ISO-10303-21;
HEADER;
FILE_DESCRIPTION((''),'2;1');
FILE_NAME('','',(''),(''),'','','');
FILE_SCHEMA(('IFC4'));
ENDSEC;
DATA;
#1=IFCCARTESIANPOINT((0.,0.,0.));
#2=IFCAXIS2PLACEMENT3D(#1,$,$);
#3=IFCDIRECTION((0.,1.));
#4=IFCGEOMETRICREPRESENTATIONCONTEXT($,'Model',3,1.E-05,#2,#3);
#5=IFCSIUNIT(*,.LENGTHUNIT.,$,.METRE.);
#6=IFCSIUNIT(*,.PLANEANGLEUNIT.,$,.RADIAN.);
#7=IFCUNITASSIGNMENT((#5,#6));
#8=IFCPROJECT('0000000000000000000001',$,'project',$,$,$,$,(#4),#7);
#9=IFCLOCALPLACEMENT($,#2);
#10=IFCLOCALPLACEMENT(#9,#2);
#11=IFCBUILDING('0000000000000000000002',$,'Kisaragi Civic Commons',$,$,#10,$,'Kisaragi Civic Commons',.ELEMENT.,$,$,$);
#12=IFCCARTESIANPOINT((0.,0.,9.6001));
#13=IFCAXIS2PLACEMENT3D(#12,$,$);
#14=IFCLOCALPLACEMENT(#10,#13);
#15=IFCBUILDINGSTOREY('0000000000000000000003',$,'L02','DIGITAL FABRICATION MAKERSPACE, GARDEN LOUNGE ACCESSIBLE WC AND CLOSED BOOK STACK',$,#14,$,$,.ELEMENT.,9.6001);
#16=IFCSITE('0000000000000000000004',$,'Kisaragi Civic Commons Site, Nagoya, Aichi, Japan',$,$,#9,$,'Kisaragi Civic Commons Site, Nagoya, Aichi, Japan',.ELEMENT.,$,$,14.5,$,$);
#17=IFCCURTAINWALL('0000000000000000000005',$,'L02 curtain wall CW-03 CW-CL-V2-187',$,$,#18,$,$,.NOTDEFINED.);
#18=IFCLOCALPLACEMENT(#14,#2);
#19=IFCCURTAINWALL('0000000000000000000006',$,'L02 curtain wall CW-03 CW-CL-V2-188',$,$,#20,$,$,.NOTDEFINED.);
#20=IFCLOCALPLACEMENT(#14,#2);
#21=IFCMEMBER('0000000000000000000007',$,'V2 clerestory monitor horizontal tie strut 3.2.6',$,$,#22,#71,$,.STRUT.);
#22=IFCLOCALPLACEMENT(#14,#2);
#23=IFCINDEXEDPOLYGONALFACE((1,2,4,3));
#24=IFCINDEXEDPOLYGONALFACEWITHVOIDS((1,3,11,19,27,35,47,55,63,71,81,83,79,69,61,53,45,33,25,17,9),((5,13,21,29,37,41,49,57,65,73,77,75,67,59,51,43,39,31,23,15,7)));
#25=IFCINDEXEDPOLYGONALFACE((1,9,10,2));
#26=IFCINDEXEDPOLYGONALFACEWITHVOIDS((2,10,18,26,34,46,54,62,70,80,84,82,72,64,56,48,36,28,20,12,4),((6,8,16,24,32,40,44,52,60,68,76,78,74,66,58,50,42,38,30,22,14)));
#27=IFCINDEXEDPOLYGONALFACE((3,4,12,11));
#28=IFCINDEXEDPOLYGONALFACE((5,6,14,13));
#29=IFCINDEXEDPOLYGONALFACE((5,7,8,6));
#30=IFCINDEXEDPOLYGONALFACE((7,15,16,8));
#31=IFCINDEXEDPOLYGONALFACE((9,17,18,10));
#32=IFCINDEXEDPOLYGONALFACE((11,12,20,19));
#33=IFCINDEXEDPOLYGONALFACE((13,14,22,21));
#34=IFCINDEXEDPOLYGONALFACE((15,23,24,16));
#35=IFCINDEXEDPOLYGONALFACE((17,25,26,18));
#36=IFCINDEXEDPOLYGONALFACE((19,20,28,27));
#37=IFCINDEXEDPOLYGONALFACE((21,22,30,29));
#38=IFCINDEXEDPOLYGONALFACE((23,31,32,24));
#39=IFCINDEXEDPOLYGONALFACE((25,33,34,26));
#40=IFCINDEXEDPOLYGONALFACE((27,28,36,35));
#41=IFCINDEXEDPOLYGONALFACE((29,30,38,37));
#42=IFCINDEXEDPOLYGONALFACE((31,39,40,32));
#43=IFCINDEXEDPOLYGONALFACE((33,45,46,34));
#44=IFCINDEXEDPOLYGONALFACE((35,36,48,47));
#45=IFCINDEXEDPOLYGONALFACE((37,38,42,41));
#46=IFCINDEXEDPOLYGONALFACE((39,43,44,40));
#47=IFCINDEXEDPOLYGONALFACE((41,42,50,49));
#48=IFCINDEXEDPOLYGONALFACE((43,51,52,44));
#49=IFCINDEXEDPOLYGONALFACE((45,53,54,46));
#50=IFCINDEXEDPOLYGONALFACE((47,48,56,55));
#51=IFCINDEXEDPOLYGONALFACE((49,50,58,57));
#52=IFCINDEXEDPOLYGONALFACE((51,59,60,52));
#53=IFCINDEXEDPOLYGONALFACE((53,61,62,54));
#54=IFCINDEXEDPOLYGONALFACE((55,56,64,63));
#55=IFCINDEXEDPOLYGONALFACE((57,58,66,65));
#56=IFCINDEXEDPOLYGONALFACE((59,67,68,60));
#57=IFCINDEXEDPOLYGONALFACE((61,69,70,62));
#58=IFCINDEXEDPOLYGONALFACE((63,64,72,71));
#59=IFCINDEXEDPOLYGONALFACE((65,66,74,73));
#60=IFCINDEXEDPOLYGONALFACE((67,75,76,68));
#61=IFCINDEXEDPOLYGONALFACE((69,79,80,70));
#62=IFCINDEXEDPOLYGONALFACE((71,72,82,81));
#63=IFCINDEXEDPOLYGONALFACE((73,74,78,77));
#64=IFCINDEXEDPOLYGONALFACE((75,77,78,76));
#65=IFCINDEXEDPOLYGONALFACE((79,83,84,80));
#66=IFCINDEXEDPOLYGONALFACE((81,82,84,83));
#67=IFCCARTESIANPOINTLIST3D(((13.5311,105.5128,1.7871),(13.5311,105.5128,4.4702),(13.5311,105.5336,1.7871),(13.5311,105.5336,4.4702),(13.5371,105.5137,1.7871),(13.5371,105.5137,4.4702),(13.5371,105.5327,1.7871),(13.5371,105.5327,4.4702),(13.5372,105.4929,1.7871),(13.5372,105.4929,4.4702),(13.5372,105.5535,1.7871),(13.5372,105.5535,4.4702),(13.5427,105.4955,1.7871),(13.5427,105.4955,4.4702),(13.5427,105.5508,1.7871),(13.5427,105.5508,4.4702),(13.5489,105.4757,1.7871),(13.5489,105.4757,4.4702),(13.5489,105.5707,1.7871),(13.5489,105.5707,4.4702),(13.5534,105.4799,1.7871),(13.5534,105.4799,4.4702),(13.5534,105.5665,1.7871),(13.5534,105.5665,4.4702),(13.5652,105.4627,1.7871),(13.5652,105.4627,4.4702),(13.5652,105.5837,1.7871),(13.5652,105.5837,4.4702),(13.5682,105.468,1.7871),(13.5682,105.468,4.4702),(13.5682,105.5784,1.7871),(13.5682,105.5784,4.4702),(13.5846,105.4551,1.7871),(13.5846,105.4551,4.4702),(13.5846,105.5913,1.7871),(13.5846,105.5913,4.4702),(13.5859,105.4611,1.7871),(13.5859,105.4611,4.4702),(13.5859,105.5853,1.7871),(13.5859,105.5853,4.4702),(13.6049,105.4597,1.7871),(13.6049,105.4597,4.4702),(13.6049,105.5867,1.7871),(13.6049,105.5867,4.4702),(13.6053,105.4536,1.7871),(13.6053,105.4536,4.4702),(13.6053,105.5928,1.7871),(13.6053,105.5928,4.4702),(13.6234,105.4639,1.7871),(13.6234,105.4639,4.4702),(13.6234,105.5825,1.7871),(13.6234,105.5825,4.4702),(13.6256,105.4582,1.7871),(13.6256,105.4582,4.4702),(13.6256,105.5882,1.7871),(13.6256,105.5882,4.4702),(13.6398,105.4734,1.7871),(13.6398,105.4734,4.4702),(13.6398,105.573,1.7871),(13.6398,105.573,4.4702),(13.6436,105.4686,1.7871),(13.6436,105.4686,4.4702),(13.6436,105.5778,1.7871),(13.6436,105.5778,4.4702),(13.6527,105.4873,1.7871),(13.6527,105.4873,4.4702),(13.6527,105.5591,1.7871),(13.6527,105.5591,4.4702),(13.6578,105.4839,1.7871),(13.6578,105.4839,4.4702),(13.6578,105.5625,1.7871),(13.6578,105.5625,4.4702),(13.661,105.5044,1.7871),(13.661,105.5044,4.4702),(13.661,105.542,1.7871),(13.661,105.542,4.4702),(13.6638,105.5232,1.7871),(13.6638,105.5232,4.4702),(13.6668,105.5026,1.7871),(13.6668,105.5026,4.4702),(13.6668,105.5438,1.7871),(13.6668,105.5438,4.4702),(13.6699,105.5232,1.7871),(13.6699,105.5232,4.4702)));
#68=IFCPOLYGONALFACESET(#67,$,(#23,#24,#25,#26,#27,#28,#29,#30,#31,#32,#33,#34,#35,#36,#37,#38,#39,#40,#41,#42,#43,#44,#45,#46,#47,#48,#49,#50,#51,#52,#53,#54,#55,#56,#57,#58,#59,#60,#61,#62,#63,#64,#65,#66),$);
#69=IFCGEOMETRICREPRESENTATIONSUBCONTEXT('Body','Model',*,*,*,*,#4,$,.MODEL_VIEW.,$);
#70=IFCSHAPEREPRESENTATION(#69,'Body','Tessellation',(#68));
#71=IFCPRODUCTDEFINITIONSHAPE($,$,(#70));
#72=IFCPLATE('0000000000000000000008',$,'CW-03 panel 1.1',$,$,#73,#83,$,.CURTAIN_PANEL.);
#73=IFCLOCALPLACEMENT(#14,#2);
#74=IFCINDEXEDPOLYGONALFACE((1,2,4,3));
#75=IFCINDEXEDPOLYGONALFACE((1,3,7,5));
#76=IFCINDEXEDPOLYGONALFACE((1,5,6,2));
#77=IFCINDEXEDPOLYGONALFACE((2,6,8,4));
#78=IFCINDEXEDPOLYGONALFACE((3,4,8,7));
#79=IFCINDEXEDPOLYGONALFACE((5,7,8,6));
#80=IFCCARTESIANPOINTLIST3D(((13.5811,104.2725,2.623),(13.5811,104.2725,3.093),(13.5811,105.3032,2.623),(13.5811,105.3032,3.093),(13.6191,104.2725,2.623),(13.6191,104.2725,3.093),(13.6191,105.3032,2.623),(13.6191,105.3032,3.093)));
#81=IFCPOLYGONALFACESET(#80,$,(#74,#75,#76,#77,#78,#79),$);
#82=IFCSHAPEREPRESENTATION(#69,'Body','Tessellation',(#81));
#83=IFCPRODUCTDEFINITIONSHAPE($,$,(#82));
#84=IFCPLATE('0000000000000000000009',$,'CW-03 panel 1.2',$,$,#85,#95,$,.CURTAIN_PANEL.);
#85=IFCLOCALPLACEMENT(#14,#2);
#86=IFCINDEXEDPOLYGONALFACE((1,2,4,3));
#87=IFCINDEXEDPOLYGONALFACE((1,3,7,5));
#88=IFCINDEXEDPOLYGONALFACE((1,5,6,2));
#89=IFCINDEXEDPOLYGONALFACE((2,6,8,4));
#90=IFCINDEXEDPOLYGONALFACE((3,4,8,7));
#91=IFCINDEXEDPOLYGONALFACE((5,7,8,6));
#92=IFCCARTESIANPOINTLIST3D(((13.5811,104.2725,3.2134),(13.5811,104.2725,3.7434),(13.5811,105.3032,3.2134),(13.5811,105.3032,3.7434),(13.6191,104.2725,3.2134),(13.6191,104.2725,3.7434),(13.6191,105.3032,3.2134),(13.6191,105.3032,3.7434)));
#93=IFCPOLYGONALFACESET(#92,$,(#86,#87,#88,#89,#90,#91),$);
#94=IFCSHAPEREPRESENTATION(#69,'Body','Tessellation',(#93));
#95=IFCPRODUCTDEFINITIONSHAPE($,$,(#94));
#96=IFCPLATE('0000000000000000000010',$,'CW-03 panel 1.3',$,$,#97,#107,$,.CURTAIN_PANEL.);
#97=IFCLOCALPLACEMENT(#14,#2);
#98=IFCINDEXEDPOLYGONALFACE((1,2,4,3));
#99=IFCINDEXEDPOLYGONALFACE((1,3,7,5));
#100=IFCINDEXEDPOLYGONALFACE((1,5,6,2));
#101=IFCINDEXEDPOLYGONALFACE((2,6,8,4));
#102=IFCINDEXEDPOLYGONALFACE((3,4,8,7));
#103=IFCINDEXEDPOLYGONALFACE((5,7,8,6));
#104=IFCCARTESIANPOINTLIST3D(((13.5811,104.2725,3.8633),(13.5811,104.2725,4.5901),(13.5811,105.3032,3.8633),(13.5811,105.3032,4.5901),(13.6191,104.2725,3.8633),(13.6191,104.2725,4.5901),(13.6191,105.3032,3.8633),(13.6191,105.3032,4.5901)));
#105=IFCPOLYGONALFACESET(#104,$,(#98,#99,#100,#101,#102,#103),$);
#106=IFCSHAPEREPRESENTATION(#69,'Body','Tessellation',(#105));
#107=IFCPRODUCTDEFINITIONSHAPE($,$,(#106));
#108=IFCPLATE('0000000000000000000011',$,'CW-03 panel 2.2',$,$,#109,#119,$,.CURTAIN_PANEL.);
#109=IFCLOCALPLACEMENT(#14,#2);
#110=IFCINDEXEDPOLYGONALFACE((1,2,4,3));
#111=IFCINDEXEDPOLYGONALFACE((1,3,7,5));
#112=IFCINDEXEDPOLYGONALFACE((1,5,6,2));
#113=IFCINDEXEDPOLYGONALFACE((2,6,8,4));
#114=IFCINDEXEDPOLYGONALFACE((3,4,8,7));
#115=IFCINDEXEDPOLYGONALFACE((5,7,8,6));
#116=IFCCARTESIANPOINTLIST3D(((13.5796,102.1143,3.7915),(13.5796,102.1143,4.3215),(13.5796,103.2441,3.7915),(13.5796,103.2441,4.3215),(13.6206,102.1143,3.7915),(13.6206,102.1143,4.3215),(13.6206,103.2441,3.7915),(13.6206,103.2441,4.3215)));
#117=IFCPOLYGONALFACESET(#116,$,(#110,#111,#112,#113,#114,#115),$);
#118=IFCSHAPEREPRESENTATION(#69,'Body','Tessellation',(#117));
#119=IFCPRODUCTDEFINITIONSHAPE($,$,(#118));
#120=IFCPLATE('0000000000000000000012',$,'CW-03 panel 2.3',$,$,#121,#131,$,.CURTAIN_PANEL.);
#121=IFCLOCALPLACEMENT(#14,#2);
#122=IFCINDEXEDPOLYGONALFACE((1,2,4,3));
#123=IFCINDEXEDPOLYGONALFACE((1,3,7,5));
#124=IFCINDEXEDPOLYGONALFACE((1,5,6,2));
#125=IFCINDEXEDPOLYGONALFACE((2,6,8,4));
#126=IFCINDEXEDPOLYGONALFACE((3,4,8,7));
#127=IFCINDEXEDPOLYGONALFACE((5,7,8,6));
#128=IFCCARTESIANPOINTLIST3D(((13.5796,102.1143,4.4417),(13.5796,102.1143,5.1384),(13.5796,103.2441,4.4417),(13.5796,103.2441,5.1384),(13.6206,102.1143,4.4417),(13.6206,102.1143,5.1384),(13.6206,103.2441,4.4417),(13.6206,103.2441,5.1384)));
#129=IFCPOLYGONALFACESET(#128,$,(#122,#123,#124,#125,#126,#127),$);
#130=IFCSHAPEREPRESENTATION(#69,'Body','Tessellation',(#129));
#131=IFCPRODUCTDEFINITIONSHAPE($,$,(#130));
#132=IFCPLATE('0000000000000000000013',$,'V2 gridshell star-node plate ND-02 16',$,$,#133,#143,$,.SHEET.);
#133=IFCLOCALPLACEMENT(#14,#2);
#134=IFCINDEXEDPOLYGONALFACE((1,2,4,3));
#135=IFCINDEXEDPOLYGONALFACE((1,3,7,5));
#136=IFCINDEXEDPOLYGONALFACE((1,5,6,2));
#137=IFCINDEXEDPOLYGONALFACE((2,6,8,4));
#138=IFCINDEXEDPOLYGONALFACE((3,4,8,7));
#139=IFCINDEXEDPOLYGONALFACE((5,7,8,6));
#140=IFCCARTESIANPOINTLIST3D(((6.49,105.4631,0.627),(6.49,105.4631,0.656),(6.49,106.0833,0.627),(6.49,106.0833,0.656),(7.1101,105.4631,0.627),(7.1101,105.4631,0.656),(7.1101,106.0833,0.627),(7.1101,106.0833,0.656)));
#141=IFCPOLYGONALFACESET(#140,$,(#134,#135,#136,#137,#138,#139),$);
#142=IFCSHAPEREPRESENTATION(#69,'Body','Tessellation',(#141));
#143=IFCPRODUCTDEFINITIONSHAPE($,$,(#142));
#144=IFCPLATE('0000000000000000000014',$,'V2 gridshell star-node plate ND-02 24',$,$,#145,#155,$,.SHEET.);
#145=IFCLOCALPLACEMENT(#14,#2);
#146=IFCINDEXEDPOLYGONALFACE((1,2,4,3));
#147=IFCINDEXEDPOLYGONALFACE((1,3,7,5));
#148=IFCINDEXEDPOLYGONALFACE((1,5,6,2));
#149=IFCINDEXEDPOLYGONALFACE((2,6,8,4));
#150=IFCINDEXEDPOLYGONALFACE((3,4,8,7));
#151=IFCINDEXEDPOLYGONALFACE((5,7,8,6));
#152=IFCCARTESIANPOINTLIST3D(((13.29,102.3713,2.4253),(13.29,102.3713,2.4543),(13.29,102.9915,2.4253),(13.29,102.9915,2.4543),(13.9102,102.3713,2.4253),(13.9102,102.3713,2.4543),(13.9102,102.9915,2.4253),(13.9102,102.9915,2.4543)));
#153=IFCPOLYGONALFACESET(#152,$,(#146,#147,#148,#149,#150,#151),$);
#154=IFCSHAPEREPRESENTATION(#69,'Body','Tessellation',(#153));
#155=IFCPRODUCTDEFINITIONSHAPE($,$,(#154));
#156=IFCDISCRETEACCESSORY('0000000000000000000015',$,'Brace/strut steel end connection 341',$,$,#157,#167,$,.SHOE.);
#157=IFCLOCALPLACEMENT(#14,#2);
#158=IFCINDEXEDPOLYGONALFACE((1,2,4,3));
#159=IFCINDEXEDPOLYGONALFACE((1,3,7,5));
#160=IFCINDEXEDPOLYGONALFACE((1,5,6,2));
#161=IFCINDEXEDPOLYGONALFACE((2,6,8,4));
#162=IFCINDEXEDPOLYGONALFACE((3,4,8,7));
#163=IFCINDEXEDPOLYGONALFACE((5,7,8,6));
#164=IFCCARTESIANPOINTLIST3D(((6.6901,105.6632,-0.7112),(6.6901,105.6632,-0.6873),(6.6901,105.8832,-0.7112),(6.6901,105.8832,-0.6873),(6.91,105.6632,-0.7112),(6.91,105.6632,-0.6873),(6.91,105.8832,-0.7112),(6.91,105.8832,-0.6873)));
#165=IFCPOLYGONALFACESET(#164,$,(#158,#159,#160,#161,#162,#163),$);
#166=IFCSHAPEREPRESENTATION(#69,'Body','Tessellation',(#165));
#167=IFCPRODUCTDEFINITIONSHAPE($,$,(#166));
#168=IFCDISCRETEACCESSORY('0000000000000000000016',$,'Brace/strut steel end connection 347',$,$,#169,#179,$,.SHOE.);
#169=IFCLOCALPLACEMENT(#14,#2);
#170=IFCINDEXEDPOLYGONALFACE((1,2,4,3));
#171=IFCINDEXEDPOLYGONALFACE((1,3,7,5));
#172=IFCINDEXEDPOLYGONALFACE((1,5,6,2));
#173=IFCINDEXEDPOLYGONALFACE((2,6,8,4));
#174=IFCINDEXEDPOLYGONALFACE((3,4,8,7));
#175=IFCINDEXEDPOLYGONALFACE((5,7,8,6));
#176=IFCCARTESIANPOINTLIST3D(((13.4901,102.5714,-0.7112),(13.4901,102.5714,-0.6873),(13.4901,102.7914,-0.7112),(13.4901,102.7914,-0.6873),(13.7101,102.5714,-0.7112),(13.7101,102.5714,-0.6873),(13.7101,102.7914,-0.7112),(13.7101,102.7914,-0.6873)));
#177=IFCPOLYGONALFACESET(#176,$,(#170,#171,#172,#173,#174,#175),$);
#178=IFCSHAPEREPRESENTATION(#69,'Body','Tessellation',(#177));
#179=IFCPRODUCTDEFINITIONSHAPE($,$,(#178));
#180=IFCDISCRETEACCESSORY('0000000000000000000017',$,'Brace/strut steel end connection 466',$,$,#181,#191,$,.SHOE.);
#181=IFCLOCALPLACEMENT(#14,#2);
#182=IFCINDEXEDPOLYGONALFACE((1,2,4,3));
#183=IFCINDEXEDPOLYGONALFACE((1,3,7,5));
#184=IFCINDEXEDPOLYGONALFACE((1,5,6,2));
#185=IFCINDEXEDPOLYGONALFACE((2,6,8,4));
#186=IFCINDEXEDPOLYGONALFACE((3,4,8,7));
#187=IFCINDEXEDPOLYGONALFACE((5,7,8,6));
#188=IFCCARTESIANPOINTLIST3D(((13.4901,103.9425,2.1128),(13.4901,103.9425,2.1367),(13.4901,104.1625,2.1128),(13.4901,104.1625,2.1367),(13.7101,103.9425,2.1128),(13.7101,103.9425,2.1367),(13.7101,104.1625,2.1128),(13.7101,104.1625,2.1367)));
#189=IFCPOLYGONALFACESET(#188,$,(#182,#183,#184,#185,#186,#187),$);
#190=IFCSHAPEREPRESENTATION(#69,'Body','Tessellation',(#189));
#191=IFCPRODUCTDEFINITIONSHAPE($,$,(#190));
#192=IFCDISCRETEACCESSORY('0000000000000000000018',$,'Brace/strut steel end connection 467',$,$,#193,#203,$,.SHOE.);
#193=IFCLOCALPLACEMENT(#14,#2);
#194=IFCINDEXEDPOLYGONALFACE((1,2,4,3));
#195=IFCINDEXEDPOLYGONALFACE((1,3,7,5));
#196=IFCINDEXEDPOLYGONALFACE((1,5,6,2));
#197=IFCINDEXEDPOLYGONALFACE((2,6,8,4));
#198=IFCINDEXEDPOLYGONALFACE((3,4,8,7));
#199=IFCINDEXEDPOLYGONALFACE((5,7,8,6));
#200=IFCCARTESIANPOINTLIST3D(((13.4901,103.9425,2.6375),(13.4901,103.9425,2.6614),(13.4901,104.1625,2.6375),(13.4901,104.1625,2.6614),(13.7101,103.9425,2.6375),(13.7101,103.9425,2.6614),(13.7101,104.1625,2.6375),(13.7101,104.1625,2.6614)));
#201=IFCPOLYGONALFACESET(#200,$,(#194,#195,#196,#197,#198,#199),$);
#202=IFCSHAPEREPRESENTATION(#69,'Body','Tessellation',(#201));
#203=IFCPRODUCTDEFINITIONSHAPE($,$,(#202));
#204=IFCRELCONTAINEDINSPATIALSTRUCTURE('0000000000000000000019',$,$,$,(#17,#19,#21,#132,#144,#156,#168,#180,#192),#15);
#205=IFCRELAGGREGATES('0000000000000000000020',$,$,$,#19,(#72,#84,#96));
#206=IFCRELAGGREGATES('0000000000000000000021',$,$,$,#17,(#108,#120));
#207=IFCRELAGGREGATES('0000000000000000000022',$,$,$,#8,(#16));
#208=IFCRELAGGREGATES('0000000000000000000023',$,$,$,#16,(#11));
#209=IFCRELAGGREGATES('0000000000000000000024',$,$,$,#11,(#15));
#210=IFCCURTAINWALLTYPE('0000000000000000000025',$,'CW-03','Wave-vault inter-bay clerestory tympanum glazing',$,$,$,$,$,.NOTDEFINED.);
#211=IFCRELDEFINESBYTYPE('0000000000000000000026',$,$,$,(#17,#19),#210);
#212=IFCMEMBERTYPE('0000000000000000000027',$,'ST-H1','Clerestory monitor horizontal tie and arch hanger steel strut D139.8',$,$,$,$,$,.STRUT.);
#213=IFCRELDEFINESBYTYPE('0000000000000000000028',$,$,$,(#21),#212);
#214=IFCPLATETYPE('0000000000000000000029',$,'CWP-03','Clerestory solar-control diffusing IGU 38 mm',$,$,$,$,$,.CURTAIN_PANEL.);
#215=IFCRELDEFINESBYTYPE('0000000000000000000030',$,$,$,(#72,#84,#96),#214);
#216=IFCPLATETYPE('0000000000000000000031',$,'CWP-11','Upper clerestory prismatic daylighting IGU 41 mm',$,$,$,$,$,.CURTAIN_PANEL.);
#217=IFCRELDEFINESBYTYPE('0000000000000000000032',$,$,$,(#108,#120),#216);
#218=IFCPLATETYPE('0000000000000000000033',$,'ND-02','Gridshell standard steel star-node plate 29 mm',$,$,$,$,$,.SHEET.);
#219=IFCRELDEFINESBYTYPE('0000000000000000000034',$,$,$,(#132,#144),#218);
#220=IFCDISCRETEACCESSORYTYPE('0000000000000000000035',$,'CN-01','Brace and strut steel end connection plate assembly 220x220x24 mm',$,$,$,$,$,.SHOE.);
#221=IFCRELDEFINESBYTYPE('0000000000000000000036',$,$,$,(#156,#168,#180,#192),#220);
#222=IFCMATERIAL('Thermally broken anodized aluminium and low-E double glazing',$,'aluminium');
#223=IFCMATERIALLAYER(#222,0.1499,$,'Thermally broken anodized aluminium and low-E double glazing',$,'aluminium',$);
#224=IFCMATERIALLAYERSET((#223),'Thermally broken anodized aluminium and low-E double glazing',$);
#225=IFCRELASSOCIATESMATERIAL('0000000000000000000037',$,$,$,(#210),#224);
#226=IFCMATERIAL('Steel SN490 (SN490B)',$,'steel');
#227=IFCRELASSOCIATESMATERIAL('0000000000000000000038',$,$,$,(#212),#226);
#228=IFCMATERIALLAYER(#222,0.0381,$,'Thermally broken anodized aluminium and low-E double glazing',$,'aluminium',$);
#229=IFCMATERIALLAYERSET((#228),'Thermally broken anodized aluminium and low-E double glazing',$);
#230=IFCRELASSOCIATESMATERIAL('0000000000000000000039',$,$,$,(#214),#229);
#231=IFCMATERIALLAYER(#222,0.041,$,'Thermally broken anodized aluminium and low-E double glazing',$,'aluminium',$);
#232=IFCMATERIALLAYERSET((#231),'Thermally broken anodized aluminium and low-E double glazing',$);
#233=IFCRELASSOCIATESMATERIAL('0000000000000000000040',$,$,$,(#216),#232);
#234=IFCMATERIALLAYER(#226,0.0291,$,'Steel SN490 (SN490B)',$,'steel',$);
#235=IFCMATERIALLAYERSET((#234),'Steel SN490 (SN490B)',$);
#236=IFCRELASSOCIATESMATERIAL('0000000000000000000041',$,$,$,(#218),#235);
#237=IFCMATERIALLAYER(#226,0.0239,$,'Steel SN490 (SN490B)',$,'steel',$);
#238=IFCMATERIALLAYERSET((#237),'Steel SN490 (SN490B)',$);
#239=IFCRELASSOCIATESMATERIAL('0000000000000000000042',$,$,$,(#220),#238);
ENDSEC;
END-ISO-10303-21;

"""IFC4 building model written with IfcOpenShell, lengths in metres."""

from ifc_helpers import new_model, si_unit, direction, frame, origin, origin_2d, place, context, subcontext, project, spatial, rectangle, hollow_circle, extrude, material, layer, layer_set, material_profile, profile_set, type_object, element, aggregate, save


model = new_model("IFC4")

# Units and contexts
model_context = context("Model", 3, precision=1e-05, world=origin(), true_north=direction((0.0, 1.0)))
body_context = subcontext(model_context, "Body", "Model", "MODEL_VIEW")
ifc_project = project(units=[si_unit("LENGTHUNIT", "METRE"), si_unit("PLANEANGLEUNIT", "RADIAN")], contexts=[model_context])

# Site, building, storey
site_placement = place(None, origin())
site = spatial("IfcSite", under=ifc_project, at=site_placement, Name="Kisaragi Civic Commons Site, Nagoya, Aichi, Japan", LongName="Kisaragi Civic Commons Site, Nagoya, Aichi, Japan", CompositionType="ELEMENT", RefElevation=14.5)
building_placement = place(site_placement, origin())
building = spatial("IfcBuilding", under=site, at=building_placement, Name="Kisaragi Civic Commons", LongName="Kisaragi Civic Commons", CompositionType="ELEMENT")
storey_placement = place(building_placement, frame((0.0, 0.0, 9.6001)))
storey = spatial("IfcBuildingStorey", under=building, at=storey_placement, Name="L02", Description="DIGITAL FABRICATION MAKERSPACE, GARDEN LOUNGE ACCESSIBLE WC AND CLOSED BOOK STACK", CompositionType="ELEMENT", Elevation=9.6001)

# Curtain wall
ifc_material_1 = material(Name="Thermally broken anodized aluminium and low-E double glazing", Category="aluminium")
ifc_layer_1 = layer(ifc_material_1, 0.1499, Name="Thermally broken anodized aluminium and low-E double glazing", Category="aluminium")
ifc_layer_set_1 = layer_set([ifc_layer_1], Name="Thermally broken anodized aluminium and low-E double glazing")
curtain_wall_type = type_object("IfcCurtainWallType", Name="CW-03", Description="Wave-vault inter-bay clerestory tympanum glazing", PredefinedType="NOTDEFINED", material=ifc_layer_set_1)
curtain_wall_1_placement = place(storey_placement, origin())
curtain_wall_1 = element("IfcCurtainWall", 1, at=curtain_wall_1_placement, inside=storey, type_object=curtain_wall_type, Name="L02 curtain wall CW-03 CW-CL-V2-187", PredefinedType="NOTDEFINED")

# Curtain wall
curtain_wall_2_placement = place(storey_placement, origin())
curtain_wall_2 = element("IfcCurtainWall", 2, at=curtain_wall_2_placement, inside=storey, type_object=curtain_wall_type, Name="L02 curtain wall CW-03 CW-CL-V2-188", PredefinedType="NOTDEFINED")

# Member
ifc_material_2 = material(Name="Steel SN490 (SN490B)", Category="steel")
ifc_material_profile_1 = material_profile(ifc_material_2, hollow_circle(Radius=0.0698, WallThickness=0.0061, at=origin_2d()), Name="CHS-139.8x6.0", Category="steel")
ifc_profile_set_1 = profile_set([ifc_material_profile_1], Name="Steel SN490 (SN490B)")
member_type_1 = type_object("IfcMemberType", Name="ST-H1", Description="Clerestory monitor horizontal tie and arch hanger steel strut D139.8", PredefinedType="STRUT", material=ifc_profile_set_1)
member_1_placement = place(storey_placement, frame((13.6001, 105.5232, 1.7871), z_axis=(0.0, 0.0, 1.0), x_axis=(1.0, 0.0, 0.0)))
element("IfcMember", 3, at=member_1_placement, inside=storey, type_object=member_type_1, Name="V2 clerestory monitor horizontal tie strut 3.2.6", PredefinedType="STRUT", context=body_context, shape_type="SweptSolid", body=[
    extrude(hollow_circle(Radius=0.0698, WallThickness=0.0061, at=origin_2d()), origin(), (0.0, 0.0, 1.0), 2.6831),
])

# Plates
ifc_layer_2 = layer(ifc_material_1, 0.0381, Name="Thermally broken anodized aluminium and low-E double glazing", Category="aluminium")
ifc_layer_set_2 = layer_set([ifc_layer_2], Name="Thermally broken anodized aluminium and low-E double glazing")
plate_type_1 = type_object("IfcPlateType", Name="CWP-03", Description="Clerestory solar-control diffusing IGU 38 mm", PredefinedType="CURTAIN_PANEL", material=ifc_layer_set_2)
plate_1_placement = place(storey_placement, frame((13.6001, 104.7878, 2.623), z_axis=(0.0, 0.0, 1.0), x_axis=(0.0, 1.0, 0.0)))
plate_1 = element("IfcPlate", 4, at=plate_1_placement, type_object=plate_type_1, Name="CW-03 panel 1.1", PredefinedType="CURTAIN_PANEL", context=body_context, shape_type="SweptSolid", body=[
    extrude(rectangle(XDim=1.0308, YDim=0.0381, at=origin_2d()), origin(), (0.0, 0.0, 1.0), 0.47),
])
plate_2_placement = place(storey_placement, frame((13.6001, 104.7878, 3.2134), z_axis=(0.0, 0.0, 1.0), x_axis=(0.0, 1.0, 0.0)))
plate_2 = element("IfcPlate", 5, at=plate_2_placement, type_object=plate_type_1, Name="CW-03 panel 1.2", PredefinedType="CURTAIN_PANEL", context=body_context, shape_type="SweptSolid", body=[
    extrude(rectangle(XDim=1.0308, YDim=0.0381, at=origin_2d()), origin(), (0.0, 0.0, 1.0), 0.53),
])
plate_3_placement = place(storey_placement, frame((13.6001, 104.7878, 3.8633), z_axis=(0.0, 0.0, 1.0), x_axis=(0.0, 1.0, 0.0)))
plate_3 = element("IfcPlate", 6, at=plate_3_placement, type_object=plate_type_1, Name="CW-03 panel 1.3", PredefinedType="CURTAIN_PANEL", context=body_context, shape_type="SweptSolid", body=[
    extrude(rectangle(XDim=1.0308, YDim=0.0381, at=origin_2d()), origin(), (0.0, 0.0, 1.0), 0.7268),
])
aggregate(curtain_wall_2, [plate_1, plate_2, plate_3])
ifc_layer_3 = layer(ifc_material_1, 0.041, Name="Thermally broken anodized aluminium and low-E double glazing", Category="aluminium")
ifc_layer_set_3 = layer_set([ifc_layer_3], Name="Thermally broken anodized aluminium and low-E double glazing")
plate_type_2 = type_object("IfcPlateType", Name="CWP-11", Description="Upper clerestory prismatic daylighting IGU 41 mm", PredefinedType="CURTAIN_PANEL", material=ifc_layer_set_3)
plate_4_placement = place(storey_placement, frame((13.6001, 102.6792, 3.7915), z_axis=(0.0, 0.0, 1.0), x_axis=(0.0, 1.0, 0.0)))
plate_4 = element("IfcPlate", 7, at=plate_4_placement, type_object=plate_type_2, Name="CW-03 panel 2.2", PredefinedType="CURTAIN_PANEL", context=body_context, shape_type="SweptSolid", body=[
    extrude(rectangle(XDim=1.1299, YDim=0.041, at=origin_2d()), origin(), (0.0, 0.0, 1.0), 0.53),
])
plate_5_placement = place(storey_placement, frame((13.6001, 102.6792, 4.4417), z_axis=(0.0, 0.0, 1.0), x_axis=(0.0, 1.0, 0.0)))
plate_5 = element("IfcPlate", 8, at=plate_5_placement, type_object=plate_type_2, Name="CW-03 panel 2.3", PredefinedType="CURTAIN_PANEL", context=body_context, shape_type="SweptSolid", body=[
    extrude(rectangle(XDim=1.1299, YDim=0.041, at=origin_2d()), origin(), (0.0, 0.0, 1.0), 0.6968),
])
aggregate(curtain_wall_1, [plate_4, plate_5])

# Plates
ifc_layer_4 = layer(ifc_material_2, 0.0291, Name="Steel SN490 (SN490B)", Category="steel")
ifc_layer_set_4 = layer_set([ifc_layer_4], Name="Steel SN490 (SN490B)")
plate_type_3 = type_object("IfcPlateType", Name="ND-02", Description="Gridshell standard steel star-node plate 29 mm", PredefinedType="SHEET", material=ifc_layer_set_4)
for number, where, z_axis, x_axis, name in (
    (9, (6.8, 105.7732, 0.627), (0.0, 0.0, 1.0), (1.0, 0.0, 0.0), "V2 gridshell star-node plate ND-02 16"),
    (10, (13.6001, 102.6814, 2.4253), (0.0, 0.0, 1.0), (1.0, 0.0, 0.0), "V2 gridshell star-node plate ND-02 24"),
):
    element("IfcPlate", number, at=place(storey_placement, frame(where, z_axis=z_axis, x_axis=x_axis)), inside=storey, type_object=plate_type_3, Name=name, PredefinedType="SHEET", context=body_context, shape_type="SweptSolid", body=[
        extrude(rectangle(XDim=0.6201, YDim=0.6201, at=origin_2d()), origin(), (0.0, 0.0, 1.0), 0.0291),
    ])

# Discrete accessories
ifc_layer_5 = layer(ifc_material_2, 0.0239, Name="Steel SN490 (SN490B)", Category="steel")
ifc_layer_set_5 = layer_set([ifc_layer_5], Name="Steel SN490 (SN490B)")
discrete_accessory_type = type_object("IfcDiscreteAccessoryType", Name="CN-01", Description="Brace and strut steel end connection plate assembly 220x220x24 mm", PredefinedType="SHOE", material=ifc_layer_set_5)
for number, where, z_axis, x_axis, name in (
    (11, (6.8, 105.7732, -0.7112), (0.0, 0.0, 1.0), (1.0, 0.0, 0.0), "Brace/strut steel end connection 341"),
    (12, (13.6001, 102.6814, -0.7112), (0.0, 0.0, 1.0), (1.0, 0.0, 0.0), "Brace/strut steel end connection 347"),
    (13, (13.6001, 104.0525, 2.1128), (0.0, 0.0, 1.0), (1.0, 0.0, 0.0), "Brace/strut steel end connection 466"),
    (14, (13.6001, 104.0525, 2.6375), (0.0, 0.0, 1.0), (1.0, 0.0, 0.0), "Brace/strut steel end connection 467"),
):
    element("IfcDiscreteAccessory", number, at=place(storey_placement, frame(where, z_axis=z_axis, x_axis=x_axis)), inside=storey, type_object=discrete_accessory_type, Name=name, PredefinedType="SHOE", context=body_context, shape_type="SweptSolid", body=[
        extrude(rectangle(XDim=0.22, YDim=0.22, at=origin_2d()), origin(), (0.0, 0.0, 1.0), 0.0239),
    ])

save(model, "model.ifc")
